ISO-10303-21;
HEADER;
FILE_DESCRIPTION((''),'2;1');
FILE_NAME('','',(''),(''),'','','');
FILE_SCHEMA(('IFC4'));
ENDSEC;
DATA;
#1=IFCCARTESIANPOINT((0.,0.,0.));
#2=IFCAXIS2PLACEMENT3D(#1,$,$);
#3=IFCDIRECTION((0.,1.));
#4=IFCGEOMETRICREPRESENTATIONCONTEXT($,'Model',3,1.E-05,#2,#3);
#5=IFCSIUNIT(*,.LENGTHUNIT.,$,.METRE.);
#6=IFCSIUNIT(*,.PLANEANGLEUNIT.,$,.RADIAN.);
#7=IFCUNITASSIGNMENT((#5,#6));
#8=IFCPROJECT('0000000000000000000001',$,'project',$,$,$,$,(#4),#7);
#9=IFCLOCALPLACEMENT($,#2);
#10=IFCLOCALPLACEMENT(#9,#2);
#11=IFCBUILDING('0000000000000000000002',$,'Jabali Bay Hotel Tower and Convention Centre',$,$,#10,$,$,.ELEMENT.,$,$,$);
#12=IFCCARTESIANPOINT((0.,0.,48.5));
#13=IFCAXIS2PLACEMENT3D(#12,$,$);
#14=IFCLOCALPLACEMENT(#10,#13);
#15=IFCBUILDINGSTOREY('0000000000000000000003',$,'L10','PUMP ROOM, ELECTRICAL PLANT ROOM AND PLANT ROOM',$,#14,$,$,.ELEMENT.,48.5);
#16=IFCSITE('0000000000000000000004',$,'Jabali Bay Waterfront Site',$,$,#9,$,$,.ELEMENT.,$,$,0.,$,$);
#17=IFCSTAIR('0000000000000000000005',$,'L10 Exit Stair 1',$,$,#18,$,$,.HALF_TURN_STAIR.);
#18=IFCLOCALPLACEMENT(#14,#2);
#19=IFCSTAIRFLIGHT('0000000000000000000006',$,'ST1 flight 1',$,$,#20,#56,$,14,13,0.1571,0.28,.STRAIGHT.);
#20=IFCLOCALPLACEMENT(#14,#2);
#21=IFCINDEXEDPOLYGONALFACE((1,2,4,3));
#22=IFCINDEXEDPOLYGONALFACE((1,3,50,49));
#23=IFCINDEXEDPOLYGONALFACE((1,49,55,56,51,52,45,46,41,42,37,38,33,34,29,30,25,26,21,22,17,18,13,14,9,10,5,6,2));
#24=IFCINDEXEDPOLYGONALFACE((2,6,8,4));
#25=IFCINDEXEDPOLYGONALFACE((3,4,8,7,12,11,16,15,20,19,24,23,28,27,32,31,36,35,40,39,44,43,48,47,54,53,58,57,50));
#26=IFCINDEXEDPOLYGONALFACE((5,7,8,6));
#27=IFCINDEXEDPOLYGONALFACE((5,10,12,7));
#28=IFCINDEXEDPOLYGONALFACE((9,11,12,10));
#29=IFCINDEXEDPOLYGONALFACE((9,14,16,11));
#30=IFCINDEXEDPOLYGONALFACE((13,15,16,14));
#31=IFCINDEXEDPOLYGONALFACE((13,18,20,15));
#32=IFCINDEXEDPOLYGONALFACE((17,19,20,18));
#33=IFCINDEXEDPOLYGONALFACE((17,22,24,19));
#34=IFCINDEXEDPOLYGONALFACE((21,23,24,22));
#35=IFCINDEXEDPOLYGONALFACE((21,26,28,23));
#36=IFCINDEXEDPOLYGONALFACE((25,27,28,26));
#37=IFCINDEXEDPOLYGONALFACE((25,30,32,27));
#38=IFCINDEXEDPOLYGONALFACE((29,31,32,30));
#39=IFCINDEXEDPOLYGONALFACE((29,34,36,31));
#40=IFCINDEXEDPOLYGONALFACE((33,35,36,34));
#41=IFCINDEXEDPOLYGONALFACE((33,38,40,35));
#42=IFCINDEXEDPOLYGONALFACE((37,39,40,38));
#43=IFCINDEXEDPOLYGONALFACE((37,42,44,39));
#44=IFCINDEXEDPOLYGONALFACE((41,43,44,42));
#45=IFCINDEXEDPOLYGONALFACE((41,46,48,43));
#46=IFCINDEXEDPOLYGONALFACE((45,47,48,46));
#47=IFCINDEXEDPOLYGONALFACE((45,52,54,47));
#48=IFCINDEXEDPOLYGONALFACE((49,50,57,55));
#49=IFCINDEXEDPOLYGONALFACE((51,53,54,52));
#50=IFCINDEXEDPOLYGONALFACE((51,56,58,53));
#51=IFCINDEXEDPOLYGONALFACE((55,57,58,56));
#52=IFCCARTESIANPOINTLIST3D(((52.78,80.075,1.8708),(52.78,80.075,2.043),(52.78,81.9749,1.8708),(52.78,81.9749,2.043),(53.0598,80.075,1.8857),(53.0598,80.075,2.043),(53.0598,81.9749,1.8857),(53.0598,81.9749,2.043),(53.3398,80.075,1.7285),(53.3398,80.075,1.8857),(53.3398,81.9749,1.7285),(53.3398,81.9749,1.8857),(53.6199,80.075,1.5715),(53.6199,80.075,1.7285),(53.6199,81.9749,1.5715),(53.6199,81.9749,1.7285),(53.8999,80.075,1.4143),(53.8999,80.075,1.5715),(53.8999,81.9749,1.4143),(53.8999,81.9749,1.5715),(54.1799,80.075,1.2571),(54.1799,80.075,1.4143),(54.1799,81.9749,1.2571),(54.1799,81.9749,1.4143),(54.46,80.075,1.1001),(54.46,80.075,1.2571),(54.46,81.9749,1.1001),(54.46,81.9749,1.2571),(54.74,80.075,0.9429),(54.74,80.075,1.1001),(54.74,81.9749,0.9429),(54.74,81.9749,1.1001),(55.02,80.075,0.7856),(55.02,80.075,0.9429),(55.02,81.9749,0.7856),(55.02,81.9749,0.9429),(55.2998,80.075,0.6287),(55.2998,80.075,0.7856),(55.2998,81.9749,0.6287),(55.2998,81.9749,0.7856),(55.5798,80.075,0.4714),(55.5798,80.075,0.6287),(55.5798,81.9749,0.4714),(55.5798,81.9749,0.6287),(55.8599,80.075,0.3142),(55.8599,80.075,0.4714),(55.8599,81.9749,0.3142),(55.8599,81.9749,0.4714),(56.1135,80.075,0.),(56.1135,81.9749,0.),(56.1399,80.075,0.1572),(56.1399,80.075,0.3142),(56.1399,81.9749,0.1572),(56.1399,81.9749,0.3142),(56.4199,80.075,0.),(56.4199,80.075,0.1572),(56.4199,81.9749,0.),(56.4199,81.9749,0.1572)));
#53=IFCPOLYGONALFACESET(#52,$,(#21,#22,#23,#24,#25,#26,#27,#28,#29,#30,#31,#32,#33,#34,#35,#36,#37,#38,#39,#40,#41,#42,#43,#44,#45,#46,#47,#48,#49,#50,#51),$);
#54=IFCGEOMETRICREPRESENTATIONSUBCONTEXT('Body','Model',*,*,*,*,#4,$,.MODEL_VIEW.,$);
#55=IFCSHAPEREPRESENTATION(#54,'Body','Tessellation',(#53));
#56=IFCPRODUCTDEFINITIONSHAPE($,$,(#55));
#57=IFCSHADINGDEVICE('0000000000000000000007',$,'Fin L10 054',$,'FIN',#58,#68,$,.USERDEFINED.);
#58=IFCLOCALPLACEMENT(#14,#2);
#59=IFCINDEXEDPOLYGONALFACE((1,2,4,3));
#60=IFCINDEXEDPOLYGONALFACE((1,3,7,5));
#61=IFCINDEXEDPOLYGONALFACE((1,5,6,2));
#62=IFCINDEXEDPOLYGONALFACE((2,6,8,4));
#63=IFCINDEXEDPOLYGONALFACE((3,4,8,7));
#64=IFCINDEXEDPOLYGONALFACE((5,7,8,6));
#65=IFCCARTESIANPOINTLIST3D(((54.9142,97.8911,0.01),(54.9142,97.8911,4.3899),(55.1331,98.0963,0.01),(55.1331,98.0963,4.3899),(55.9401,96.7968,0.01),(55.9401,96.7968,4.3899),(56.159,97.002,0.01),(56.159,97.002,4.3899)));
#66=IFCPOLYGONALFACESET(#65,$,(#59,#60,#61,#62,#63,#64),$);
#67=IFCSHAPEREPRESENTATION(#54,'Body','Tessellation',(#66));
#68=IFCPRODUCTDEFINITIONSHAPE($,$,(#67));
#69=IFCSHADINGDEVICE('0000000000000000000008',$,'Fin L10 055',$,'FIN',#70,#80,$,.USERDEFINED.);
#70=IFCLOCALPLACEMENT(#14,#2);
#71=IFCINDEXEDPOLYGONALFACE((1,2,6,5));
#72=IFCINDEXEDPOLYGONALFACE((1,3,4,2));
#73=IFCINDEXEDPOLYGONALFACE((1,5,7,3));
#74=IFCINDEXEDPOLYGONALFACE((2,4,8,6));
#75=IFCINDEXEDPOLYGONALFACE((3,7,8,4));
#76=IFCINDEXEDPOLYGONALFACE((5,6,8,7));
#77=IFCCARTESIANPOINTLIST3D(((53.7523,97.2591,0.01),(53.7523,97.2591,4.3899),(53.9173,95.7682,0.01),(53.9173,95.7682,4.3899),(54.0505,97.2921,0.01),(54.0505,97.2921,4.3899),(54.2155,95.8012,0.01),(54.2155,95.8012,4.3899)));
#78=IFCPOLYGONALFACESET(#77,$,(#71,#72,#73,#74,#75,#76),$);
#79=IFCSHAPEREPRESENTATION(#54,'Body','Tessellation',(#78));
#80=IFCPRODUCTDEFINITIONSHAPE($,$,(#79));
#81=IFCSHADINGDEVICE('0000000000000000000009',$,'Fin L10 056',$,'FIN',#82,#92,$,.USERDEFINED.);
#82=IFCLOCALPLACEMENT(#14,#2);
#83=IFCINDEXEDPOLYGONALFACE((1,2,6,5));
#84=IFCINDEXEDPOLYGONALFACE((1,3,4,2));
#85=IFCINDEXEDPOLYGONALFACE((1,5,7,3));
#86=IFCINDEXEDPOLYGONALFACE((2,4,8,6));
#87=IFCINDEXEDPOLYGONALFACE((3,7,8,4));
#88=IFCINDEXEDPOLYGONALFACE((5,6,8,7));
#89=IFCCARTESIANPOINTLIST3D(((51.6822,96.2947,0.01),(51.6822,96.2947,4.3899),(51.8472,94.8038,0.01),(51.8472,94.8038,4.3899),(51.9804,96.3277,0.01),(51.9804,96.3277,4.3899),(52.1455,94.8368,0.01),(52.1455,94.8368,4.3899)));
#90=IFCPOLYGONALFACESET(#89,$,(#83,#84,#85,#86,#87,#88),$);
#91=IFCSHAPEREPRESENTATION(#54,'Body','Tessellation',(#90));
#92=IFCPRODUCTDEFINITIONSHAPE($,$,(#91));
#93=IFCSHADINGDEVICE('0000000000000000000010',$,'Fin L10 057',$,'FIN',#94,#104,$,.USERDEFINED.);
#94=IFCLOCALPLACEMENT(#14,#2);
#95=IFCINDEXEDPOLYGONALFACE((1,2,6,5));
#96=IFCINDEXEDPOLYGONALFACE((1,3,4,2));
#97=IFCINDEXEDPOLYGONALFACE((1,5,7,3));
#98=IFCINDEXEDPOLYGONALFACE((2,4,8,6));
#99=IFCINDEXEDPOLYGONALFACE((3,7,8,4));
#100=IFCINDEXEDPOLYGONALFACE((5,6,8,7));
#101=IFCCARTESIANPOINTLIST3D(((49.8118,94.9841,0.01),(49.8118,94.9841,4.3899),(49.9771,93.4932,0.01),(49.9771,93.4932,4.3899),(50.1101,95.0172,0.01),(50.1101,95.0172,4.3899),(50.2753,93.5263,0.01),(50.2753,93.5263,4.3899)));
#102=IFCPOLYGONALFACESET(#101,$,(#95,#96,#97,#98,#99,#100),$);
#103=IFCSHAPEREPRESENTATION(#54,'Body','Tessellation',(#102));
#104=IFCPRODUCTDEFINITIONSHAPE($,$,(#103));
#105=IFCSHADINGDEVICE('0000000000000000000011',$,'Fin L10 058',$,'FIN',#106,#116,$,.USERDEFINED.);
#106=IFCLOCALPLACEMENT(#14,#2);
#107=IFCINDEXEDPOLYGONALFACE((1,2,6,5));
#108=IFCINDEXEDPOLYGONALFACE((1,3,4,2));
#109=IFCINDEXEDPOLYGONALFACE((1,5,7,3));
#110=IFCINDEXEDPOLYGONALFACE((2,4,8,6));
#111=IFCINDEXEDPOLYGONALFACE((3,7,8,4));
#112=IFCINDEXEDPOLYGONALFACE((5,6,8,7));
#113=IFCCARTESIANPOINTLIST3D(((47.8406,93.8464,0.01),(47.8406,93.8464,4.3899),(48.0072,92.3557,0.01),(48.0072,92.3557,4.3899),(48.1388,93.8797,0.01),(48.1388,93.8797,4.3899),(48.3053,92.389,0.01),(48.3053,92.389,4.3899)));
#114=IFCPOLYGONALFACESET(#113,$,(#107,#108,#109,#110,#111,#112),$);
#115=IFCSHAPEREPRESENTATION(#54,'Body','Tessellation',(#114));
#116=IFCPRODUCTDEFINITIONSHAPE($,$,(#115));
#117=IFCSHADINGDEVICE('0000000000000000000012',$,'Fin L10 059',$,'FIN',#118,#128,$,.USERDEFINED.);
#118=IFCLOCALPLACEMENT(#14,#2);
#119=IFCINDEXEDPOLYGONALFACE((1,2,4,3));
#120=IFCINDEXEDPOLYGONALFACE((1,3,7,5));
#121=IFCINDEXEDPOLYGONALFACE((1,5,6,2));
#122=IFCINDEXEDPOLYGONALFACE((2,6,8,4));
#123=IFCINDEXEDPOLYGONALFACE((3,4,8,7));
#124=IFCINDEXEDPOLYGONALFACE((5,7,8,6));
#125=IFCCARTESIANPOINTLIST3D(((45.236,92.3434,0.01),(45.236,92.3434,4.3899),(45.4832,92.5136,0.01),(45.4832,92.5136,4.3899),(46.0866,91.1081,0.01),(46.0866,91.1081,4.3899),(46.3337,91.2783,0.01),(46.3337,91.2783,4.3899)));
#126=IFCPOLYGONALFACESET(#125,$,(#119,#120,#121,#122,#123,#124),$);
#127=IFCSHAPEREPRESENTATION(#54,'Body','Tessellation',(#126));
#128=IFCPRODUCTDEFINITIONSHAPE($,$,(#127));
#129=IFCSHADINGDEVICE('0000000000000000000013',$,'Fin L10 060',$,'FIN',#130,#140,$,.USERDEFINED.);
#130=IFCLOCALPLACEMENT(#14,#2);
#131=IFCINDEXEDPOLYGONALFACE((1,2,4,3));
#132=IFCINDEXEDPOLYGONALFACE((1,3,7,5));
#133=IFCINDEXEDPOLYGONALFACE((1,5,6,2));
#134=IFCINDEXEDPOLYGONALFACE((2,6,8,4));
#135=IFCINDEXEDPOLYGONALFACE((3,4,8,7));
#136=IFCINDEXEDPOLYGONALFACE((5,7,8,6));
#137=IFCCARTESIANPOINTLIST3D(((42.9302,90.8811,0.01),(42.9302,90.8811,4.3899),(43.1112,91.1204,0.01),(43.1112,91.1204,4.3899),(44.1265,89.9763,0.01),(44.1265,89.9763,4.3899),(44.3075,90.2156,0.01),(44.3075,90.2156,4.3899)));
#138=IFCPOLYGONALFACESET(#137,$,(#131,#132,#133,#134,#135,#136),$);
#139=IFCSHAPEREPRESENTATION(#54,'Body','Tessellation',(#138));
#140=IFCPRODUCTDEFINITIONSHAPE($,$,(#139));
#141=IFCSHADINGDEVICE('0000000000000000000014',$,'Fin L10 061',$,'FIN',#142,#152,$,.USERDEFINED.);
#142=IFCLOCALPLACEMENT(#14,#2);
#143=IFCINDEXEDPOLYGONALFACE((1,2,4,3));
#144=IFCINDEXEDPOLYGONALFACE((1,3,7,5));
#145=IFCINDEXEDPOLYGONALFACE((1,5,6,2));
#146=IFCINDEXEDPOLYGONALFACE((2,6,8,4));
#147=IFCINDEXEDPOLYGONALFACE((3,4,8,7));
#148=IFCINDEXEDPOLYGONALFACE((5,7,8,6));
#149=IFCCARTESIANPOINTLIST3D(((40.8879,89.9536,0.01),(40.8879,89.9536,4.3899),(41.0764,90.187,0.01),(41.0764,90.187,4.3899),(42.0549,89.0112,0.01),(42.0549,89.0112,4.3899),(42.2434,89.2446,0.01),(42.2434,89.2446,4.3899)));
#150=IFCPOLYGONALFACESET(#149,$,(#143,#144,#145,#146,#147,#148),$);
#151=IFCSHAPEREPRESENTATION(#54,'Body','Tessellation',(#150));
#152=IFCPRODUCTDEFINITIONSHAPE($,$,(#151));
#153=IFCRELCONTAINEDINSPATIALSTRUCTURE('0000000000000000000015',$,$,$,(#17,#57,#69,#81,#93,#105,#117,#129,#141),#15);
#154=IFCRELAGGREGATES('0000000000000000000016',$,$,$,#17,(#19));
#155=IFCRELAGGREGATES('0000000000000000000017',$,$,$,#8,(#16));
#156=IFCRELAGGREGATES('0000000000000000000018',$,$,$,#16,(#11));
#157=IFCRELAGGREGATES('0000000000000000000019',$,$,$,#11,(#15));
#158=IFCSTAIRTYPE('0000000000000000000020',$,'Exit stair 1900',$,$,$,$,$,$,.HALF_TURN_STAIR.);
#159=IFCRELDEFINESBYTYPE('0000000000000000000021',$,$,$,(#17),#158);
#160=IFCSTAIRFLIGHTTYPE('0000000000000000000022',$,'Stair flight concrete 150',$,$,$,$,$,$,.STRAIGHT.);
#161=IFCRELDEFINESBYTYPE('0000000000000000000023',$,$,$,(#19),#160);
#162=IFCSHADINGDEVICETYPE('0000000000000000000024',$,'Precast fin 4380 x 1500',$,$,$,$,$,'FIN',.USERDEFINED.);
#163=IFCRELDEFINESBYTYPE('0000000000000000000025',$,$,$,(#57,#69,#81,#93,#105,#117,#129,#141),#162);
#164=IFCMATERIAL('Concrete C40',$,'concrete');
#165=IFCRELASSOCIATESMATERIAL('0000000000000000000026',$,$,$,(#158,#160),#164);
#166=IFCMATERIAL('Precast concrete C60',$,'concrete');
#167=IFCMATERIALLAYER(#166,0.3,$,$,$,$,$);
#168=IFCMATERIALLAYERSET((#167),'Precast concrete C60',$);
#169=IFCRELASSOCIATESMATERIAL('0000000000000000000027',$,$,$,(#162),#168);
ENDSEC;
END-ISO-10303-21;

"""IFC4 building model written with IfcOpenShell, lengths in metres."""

from ifc_helpers import new_model, si_unit, direction, frame, frame_2d, origin, place, context, subcontext, project, spatial, polyline, rectangle, outline, extrude, material, layer, layer_set, type_object, element, aggregate, save


model = new_model("IFC4")

# Units and contexts
model_context = context("Model", 3, precision=1e-05, world=origin(), true_north=direction((0.0, 1.0)))
body_context = subcontext(model_context, "Body", "Model", "MODEL_VIEW")
ifc_project = project(units=[si_unit("LENGTHUNIT", "METRE"), si_unit("PLANEANGLEUNIT", "RADIAN")], contexts=[model_context])

# Site, building, storey
site_placement = place(None, origin())
site = spatial("IfcSite", under=ifc_project, at=site_placement, Name="Jabali Bay Waterfront Site", CompositionType="ELEMENT", RefElevation=0.0)
building_placement = place(site_placement, origin())
building = spatial("IfcBuilding", under=site, at=building_placement, Name="Jabali Bay Hotel Tower and Convention Centre", CompositionType="ELEMENT")
storey_placement = place(building_placement, frame((0.0, 0.0, 48.5)))
storey = spatial("IfcBuildingStorey", under=building, at=storey_placement, Name="L10", Description="PUMP ROOM, ELECTRICAL PLANT ROOM AND PLANT ROOM", CompositionType="ELEMENT", Elevation=48.5)

# Shared definitions
ifc_material_1 = material(Name="Concrete C40", Category="concrete")

# Stair, stair flight
stair_type = type_object("IfcStairType", Name="Exit stair 1900", PredefinedType="HALF_TURN_STAIR", material=ifc_material_1)
stair_placement = place(storey_placement, origin())
stair = element("IfcStair", 1, at=stair_placement, inside=storey, type_object=stair_type, Name="L10 Exit Stair 1", PredefinedType="HALF_TURN_STAIR")
stair_flight_type = type_object("IfcStairFlightType", Name="Stair flight concrete 150", PredefinedType="STRAIGHT", material=ifc_material_1)
stair_flight_placement = place(storey_placement, frame((56.4199, 81.0249, 0.0), z_axis=(0.0, 0.0, 1.0), x_axis=(-1.0, 0.0, 0.0)))
stair_flight = element("IfcStairFlight", 2, at=stair_flight_placement, type_object=stair_flight_type, Name="ST1 flight 1", NumberOfRisers=14, NumberOfTreads=13, PredefinedType="STRAIGHT", RiserHeight=0.1571, TreadLength=0.28, context=body_context, shape_type="SweptSolid", body=[
    extrude(outline(polyline([(0.0, 0.0), (0.0, 0.1572), (0.28, 0.1572), (0.28, 0.3142), (0.5601, 0.3142), (0.5601, 0.4714), (0.8401, 0.4714), (0.8401, 0.6287), (1.1201, 0.6287), (1.1201, 0.7856), (1.3999, 0.7856), (1.3999, 0.9429), (1.6799, 0.9429), (1.6799, 1.1001), (1.96, 1.1001), (1.96, 1.2571), (2.24, 1.2571), (2.24, 1.4143), (2.52, 1.4143), (2.52, 1.5715), (2.8, 1.5715), (2.8, 1.7285), (3.0801, 1.7285), (3.0801, 1.8857), (3.3601, 1.8857), (3.3601, 2.043), (3.6399, 2.043), (3.6399, 2.2), (3.6399, 1.8708), (0.3064, 0.0), (0.0, 0.0)])), frame((0.0, 0.95, 0.0), z_axis=(0.0, -1.0, 0.0), x_axis=(1.0, 0.0, 0.0)), (0.0, 0.0, 1.0), 1.8999),
])
aggregate(stair, [stair_flight])

# Shading devices
ifc_material_2 = material(Name="Precast concrete C60", Category="concrete")
ifc_layer_1 = layer(ifc_material_2, 0.3)
ifc_layer_set_1 = layer_set([ifc_layer_1], Name="Precast concrete C60")
shading_device_type = type_object("IfcShadingDeviceType", Name="Precast fin 4380 x 1500", ElementType="FIN", PredefinedType="USERDEFINED", material=ifc_layer_set_1)
for number, where, z_axis, x_axis, name in (
    (3, (56.0496, 96.8994, 0.01), (0.0, 0.0, 1.0), (-0.683952, 0.729527, 0.0), "Fin L10 054"),
    (4, (54.0664, 95.7847, 0.01), (0.0, 0.0, 1.0), (-0.110021, 0.993929, 0.0), "Fin L10 055"),
    (5, (51.9963, 94.8203, 0.01), (0.0, 0.0, 1.0), (-0.110021, 0.993929, 0.0), "Fin L10 056"),
    (6, (50.1262, 93.5098, 0.01), (0.0, 0.0, 1.0), (-0.110181, 0.993911, 0.0), "Fin L10 057"),
    (7, (48.1562, 92.3723, 0.01), (0.0, 0.0, 1.0), (-0.111003, 0.99382, 0.0), "Fin L10 058"),
):
    element("IfcShadingDevice", number, at=place(storey_placement, frame(where, z_axis=z_axis, x_axis=x_axis)), inside=storey, type_object=shading_device_type, Name=name, ObjectType="FIN", PredefinedType="USERDEFINED", context=body_context, shape_type="SweptSolid", body=[
        extrude(rectangle(XDim=1.5, YDim=0.3, at=frame_2d((0.75, 0.0))), origin(), (0.0, 0.0, 1.0), 4.3799),
    ])
shading_device_placement = place(storey_placement, frame((46.2102, 91.1931, 0.01), z_axis=(0.0, 0.0, 1.0), x_axis=(-0.567109, 0.823643, 0.0)))
element("IfcShadingDevice", 8, at=shading_device_placement, inside=storey, type_object=shading_device_type, Name="Fin L10 059", ObjectType="FIN", PredefinedType="USERDEFINED", context=body_context, shape_type="SweptSolid", body=[
    extrude(rectangle(XDim=1.4998, YDim=0.3, at=frame_2d((0.75, 0.0))), origin(), (0.0, 0.0, 1.0), 4.3799),
])
for number, where, z_axis, x_axis, name in (
    (9, (44.217, 90.0959, 0.01), (0.0, 0.0, 1.0), (-0.797571, 0.603224, 0.0), "Fin L10 060"),
    (10, (42.1492, 89.1279, 0.01), (0.0, 0.0, 1.0), (-0.778002, 0.628261, 0.0), "Fin L10 061"),
):
    element("IfcShadingDevice", number, at=place(storey_placement, frame(where, z_axis=z_axis, x_axis=x_axis)), inside=storey, type_object=shading_device_type, Name=name, ObjectType="FIN", PredefinedType="USERDEFINED", context=body_context, shape_type="SweptSolid", body=[
        extrude(rectangle(XDim=1.5, YDim=0.3, at=frame_2d((0.75, 0.0))), origin(), (0.0, 0.0, 1.0), 4.3799),
    ])

save(model, "model.ifc")
